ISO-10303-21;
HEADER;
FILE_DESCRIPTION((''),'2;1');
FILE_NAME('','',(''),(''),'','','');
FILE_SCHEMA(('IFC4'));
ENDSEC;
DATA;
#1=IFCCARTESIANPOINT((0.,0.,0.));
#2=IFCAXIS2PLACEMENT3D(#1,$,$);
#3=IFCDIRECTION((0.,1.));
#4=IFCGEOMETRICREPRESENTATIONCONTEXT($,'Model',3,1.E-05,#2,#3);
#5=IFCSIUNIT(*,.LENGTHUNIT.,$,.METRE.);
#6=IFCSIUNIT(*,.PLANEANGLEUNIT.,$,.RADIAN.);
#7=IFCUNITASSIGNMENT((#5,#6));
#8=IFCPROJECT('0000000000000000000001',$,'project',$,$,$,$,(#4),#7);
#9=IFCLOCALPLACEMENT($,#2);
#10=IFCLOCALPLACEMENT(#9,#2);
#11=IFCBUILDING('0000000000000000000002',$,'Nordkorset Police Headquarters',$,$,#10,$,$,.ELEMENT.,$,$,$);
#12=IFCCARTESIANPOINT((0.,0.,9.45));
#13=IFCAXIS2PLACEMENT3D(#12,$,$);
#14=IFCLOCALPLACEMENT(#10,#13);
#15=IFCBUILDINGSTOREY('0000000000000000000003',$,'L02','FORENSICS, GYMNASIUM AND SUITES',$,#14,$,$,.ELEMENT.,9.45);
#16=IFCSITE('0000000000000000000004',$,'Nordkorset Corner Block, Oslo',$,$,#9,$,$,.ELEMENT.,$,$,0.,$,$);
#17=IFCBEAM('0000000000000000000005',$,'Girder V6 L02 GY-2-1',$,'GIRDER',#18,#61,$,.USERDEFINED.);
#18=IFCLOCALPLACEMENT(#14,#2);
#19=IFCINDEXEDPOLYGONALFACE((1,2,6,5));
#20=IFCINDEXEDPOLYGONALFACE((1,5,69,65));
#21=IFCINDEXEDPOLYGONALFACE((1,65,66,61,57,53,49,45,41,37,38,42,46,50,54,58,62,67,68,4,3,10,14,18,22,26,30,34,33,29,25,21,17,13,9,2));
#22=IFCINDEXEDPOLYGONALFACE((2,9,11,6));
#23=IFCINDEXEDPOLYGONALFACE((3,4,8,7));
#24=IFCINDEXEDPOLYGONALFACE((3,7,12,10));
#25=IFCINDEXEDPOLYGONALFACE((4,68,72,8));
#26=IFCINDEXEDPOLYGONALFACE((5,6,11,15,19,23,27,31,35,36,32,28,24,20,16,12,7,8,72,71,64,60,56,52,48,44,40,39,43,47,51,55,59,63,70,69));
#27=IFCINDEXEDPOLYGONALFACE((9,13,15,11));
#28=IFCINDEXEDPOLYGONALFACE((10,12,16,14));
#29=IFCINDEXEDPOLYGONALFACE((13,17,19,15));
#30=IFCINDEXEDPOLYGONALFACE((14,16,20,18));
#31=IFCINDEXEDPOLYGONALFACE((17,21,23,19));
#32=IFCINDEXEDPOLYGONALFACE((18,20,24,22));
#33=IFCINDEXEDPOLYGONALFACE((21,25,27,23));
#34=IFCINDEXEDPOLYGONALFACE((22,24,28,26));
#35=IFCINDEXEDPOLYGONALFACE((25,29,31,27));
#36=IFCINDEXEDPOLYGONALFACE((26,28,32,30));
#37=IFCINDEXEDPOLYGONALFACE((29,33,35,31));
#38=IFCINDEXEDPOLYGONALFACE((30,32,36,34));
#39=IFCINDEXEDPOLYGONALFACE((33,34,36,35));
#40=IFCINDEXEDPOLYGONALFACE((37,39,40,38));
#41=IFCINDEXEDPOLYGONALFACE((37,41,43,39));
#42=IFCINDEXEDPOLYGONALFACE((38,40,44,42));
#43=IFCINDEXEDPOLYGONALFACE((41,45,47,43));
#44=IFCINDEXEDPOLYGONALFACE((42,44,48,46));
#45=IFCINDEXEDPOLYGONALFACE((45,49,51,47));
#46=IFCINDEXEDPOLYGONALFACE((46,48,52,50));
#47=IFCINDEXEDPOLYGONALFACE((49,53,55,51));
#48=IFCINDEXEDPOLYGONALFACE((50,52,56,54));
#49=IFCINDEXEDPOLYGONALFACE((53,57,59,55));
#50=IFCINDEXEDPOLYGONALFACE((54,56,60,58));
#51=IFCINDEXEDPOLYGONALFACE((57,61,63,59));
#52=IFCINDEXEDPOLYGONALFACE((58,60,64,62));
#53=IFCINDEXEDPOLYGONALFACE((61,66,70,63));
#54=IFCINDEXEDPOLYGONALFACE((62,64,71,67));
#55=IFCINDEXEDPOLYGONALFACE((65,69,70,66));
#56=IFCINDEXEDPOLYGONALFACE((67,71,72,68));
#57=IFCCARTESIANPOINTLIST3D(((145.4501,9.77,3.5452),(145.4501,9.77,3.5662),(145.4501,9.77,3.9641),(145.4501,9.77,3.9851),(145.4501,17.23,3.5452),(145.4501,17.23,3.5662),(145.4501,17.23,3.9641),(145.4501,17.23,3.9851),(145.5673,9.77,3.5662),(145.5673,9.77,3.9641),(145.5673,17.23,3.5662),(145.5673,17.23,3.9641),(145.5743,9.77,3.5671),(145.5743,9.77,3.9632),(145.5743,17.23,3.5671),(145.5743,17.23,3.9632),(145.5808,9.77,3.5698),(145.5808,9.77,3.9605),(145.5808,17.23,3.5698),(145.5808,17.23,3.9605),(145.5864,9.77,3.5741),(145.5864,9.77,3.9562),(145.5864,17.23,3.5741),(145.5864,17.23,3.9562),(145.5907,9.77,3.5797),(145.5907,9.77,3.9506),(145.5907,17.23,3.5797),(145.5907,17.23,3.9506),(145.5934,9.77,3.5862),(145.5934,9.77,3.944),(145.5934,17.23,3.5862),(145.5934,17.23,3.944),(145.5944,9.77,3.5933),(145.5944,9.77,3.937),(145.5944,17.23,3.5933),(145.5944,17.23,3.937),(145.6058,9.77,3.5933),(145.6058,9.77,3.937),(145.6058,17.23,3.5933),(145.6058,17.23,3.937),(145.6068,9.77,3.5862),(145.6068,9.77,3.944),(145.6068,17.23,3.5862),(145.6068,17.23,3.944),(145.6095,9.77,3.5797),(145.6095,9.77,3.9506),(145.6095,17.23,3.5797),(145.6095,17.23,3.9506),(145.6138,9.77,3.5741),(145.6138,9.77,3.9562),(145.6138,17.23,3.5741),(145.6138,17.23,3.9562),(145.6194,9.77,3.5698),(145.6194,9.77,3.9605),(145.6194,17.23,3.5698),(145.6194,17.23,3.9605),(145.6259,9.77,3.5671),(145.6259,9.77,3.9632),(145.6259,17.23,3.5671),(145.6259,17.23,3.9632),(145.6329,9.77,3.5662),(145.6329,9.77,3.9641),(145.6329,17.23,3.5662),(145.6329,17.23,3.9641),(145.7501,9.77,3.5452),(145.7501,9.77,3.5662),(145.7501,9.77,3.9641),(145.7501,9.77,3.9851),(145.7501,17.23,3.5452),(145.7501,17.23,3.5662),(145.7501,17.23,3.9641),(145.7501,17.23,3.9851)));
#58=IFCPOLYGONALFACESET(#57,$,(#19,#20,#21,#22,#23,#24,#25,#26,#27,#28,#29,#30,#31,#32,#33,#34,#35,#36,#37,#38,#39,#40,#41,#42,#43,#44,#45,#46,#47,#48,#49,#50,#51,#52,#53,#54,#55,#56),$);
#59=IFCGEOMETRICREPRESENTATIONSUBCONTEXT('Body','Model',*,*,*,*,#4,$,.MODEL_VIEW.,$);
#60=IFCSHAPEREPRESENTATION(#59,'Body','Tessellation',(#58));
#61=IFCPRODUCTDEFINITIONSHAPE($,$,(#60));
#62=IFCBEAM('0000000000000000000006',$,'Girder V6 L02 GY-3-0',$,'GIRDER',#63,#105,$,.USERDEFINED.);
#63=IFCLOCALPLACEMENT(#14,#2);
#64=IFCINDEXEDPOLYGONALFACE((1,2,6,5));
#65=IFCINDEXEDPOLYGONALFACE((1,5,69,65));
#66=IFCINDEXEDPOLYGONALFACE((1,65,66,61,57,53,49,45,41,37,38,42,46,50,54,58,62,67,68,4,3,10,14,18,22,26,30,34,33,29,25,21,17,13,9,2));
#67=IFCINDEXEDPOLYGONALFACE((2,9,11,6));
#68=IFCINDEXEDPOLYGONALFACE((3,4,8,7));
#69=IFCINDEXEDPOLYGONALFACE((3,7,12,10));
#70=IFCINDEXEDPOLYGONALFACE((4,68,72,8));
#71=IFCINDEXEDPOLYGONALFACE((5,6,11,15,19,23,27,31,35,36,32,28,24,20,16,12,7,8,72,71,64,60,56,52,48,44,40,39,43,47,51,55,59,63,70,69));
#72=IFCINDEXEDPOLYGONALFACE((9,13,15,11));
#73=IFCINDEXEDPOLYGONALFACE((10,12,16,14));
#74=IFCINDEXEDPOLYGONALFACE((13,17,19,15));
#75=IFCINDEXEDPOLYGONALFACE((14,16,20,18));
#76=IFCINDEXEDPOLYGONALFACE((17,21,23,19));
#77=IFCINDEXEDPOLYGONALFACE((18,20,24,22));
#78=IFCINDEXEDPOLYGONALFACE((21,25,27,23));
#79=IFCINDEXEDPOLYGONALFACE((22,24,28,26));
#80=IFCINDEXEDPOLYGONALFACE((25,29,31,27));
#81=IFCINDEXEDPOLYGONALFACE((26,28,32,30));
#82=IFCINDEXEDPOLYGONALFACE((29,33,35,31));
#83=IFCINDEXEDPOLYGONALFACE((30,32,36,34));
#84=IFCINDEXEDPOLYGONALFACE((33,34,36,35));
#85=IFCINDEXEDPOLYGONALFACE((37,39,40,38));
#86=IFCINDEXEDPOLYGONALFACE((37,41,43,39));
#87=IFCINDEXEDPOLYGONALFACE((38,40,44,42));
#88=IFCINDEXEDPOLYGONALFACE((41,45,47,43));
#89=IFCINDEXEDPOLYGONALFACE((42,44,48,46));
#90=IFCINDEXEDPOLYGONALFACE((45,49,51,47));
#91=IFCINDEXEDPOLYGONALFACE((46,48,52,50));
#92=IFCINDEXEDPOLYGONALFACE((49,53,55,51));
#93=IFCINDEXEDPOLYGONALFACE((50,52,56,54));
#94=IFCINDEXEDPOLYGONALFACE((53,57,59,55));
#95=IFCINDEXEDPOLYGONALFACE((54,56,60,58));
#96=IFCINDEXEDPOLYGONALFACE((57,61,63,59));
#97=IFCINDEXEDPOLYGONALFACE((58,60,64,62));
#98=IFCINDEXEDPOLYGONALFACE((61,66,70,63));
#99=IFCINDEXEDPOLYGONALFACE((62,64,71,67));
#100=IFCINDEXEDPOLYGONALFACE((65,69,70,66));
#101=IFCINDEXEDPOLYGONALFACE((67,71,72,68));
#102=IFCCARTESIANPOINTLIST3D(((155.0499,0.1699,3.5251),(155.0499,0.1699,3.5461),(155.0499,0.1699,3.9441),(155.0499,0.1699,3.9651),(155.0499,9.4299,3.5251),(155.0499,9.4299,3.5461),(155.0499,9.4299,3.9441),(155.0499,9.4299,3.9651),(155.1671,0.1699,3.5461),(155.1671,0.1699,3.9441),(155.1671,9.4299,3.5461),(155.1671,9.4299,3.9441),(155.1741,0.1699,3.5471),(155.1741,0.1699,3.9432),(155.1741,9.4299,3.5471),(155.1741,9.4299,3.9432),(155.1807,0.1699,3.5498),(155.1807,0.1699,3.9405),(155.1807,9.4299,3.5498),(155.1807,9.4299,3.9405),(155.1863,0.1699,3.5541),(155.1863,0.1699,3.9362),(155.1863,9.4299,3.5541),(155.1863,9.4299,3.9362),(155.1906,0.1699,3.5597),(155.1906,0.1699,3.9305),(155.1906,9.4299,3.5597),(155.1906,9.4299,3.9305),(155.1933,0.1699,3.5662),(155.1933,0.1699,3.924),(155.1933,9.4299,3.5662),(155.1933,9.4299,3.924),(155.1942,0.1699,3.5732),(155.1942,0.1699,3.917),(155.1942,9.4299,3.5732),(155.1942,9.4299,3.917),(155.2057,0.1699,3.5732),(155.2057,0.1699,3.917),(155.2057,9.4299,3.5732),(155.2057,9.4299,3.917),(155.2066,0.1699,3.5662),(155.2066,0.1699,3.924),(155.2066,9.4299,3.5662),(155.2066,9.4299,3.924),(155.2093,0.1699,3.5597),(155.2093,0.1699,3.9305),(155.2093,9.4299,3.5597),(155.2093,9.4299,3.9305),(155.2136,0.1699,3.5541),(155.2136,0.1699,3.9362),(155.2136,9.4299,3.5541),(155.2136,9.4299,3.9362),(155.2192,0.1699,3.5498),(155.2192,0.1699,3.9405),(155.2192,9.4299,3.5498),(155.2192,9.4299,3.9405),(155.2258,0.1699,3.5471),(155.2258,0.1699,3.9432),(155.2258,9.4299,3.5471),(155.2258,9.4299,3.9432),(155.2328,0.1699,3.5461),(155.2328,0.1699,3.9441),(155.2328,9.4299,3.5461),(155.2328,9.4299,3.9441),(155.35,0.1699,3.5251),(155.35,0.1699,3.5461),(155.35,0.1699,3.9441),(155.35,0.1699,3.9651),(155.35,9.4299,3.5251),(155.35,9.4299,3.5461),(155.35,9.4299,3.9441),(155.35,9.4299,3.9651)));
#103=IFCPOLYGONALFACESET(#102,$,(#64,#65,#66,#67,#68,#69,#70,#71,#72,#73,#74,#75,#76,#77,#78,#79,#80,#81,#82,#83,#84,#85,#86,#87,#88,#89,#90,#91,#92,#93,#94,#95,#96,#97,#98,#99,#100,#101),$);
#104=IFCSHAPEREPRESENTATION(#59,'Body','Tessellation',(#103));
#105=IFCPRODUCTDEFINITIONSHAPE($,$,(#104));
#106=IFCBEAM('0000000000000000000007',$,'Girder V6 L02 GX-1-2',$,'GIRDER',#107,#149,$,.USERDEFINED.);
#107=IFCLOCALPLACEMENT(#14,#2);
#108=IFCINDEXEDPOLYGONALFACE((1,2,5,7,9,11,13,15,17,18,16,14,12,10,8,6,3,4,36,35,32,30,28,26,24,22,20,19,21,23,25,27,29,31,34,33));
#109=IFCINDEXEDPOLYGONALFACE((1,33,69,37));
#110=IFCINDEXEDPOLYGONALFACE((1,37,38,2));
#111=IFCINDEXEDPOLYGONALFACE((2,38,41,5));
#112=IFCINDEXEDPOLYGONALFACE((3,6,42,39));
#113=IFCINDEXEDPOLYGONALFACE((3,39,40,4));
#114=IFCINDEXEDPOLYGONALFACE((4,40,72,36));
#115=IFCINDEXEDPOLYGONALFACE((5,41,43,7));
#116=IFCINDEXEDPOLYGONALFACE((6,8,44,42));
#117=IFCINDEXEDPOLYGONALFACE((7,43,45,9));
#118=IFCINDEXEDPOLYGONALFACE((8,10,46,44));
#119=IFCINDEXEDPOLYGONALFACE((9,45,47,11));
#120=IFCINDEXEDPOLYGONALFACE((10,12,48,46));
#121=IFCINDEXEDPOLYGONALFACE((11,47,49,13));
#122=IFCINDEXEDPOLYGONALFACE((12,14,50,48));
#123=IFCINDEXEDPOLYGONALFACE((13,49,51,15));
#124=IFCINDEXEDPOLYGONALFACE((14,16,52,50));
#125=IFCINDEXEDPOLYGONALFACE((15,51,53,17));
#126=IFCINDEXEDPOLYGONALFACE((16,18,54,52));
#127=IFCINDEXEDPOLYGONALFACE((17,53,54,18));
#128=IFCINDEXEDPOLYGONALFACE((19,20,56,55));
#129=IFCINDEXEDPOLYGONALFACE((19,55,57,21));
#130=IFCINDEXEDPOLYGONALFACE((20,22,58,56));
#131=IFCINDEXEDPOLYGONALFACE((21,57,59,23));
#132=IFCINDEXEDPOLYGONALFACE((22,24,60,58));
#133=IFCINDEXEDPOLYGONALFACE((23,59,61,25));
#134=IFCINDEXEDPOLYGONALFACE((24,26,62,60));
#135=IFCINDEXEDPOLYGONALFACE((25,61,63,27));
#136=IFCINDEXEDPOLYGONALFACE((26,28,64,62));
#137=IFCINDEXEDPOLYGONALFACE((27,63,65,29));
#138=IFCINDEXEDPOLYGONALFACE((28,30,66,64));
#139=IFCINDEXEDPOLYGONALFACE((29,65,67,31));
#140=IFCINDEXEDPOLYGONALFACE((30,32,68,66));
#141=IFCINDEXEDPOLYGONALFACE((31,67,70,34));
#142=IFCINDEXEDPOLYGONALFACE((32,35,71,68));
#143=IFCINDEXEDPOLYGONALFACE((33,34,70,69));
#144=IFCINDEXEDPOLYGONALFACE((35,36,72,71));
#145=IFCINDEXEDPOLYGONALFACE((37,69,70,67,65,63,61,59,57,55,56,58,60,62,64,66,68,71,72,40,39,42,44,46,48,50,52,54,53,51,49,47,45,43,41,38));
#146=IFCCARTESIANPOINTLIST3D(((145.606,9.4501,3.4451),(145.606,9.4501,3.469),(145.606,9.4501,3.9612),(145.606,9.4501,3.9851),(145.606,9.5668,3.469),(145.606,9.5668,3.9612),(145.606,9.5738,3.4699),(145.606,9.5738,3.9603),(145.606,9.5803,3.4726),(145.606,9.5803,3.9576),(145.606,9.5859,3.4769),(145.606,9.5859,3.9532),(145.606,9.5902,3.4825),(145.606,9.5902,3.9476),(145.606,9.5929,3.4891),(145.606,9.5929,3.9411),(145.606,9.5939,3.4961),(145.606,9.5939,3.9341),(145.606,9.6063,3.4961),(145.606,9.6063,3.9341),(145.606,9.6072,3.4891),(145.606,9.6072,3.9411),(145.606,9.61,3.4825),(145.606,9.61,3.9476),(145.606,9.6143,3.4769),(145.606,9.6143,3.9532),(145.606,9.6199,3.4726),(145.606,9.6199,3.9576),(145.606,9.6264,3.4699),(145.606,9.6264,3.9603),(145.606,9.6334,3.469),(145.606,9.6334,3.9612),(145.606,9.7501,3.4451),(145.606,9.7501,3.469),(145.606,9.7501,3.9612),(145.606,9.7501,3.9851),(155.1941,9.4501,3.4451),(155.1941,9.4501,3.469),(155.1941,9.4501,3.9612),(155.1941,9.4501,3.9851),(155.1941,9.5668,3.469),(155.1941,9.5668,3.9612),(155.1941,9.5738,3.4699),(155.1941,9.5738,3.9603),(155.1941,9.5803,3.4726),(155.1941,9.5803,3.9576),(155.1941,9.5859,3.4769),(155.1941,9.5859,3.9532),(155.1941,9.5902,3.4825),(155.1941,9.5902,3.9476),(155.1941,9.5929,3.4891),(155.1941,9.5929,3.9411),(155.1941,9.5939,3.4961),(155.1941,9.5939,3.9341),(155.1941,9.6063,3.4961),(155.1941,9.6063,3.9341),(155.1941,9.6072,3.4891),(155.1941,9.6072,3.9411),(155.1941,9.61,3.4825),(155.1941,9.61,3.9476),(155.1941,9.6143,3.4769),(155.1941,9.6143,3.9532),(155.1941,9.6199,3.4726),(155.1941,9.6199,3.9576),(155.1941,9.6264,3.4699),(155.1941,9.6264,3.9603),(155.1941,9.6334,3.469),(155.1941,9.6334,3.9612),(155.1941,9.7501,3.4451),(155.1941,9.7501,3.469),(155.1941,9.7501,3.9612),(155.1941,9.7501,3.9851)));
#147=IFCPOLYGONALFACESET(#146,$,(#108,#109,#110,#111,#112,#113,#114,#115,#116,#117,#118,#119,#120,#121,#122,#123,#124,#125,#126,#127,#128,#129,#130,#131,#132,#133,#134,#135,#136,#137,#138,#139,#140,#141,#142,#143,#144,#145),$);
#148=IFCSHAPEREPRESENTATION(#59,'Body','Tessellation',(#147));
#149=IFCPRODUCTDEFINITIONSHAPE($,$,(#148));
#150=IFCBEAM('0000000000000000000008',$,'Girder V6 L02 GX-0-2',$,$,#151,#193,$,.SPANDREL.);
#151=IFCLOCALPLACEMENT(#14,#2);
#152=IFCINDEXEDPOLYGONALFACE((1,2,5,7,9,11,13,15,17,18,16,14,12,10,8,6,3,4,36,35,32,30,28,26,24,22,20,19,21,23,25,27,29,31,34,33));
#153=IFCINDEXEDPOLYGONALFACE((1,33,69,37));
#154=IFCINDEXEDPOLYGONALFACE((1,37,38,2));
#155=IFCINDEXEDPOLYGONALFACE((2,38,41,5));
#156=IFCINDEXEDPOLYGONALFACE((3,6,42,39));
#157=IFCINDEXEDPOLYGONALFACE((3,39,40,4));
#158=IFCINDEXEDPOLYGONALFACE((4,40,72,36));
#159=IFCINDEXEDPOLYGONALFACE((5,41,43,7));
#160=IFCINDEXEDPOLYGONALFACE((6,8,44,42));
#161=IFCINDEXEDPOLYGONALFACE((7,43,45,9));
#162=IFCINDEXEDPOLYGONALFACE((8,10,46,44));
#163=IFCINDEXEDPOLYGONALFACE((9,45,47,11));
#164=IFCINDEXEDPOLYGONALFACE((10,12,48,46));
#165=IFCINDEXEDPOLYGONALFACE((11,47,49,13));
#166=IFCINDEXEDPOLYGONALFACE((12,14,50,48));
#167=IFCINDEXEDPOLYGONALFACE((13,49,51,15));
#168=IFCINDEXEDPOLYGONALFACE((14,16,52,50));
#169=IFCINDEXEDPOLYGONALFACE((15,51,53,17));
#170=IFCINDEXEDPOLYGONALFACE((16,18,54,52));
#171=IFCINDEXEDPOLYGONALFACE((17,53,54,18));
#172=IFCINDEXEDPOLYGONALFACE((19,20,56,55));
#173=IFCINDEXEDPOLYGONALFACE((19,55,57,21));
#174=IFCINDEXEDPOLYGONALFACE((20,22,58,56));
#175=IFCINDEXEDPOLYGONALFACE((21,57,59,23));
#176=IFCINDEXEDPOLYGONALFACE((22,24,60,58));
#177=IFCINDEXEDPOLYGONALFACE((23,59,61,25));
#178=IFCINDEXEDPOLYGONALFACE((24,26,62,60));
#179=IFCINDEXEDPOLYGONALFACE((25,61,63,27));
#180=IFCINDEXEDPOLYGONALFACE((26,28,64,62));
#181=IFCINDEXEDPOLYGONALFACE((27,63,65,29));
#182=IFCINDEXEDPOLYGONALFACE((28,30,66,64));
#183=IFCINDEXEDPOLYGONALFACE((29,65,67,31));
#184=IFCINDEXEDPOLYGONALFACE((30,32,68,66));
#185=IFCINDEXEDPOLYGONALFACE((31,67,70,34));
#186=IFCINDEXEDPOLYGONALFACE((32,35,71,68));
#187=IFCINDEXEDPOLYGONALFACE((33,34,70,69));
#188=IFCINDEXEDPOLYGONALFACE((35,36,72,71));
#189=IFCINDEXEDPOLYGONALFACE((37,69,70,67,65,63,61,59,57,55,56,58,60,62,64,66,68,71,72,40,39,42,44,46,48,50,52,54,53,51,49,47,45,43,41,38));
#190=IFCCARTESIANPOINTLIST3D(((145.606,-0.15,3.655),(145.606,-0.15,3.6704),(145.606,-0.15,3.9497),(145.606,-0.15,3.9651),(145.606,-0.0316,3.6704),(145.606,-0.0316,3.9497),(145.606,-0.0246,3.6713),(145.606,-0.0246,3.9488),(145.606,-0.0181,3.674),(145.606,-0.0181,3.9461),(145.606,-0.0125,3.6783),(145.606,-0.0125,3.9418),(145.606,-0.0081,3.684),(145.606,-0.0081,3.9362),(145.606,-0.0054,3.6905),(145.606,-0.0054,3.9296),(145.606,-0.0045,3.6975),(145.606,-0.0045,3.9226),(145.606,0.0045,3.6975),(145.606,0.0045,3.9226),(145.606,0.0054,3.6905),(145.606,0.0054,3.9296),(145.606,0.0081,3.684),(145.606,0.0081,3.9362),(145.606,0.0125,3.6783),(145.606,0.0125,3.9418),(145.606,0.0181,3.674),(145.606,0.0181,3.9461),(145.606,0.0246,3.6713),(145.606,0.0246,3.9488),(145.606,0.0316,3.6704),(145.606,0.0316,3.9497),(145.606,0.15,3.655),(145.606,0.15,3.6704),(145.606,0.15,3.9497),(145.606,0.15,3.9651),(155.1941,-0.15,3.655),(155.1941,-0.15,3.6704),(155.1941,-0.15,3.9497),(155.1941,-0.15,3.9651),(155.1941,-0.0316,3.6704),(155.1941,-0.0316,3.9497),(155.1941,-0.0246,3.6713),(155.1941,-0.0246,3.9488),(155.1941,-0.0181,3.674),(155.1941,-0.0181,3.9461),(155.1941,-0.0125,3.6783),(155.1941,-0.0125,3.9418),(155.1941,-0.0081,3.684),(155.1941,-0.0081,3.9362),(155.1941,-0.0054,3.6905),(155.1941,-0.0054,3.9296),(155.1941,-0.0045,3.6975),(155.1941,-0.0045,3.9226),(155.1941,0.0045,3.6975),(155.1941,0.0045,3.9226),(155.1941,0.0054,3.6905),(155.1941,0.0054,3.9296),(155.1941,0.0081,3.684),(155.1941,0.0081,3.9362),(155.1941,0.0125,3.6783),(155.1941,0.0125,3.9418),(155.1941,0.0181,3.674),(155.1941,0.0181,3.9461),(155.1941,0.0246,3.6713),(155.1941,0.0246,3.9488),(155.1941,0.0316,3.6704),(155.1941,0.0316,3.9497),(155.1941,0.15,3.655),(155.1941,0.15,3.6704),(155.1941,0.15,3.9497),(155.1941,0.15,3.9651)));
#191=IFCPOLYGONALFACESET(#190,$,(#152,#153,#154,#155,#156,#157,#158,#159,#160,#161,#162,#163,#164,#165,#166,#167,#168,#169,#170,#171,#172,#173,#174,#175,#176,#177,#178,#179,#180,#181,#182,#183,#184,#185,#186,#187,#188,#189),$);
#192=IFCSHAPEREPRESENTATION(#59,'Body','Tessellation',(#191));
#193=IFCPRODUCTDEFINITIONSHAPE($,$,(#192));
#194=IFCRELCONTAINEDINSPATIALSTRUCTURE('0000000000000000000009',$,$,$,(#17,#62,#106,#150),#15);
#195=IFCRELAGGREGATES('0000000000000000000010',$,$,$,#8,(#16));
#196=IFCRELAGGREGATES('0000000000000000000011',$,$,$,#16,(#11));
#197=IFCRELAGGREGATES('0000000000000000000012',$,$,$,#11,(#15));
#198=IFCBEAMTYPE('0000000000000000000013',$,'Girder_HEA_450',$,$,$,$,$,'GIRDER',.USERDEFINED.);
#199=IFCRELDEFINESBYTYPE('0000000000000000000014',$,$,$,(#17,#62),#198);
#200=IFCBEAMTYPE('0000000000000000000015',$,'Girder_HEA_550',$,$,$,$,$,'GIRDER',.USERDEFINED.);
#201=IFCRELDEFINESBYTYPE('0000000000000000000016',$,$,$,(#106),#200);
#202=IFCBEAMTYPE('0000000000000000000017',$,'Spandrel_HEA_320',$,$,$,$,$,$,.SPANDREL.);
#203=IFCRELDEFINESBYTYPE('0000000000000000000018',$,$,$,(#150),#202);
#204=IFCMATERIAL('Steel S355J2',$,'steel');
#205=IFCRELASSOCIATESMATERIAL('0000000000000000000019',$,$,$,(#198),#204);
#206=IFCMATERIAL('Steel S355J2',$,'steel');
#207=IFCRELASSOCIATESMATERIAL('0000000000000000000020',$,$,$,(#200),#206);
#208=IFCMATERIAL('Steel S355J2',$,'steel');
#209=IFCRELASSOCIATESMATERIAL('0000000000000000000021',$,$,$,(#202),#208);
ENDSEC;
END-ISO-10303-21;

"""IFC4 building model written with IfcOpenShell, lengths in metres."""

from ifc_helpers import new_model, si_unit, direction, frame, origin, origin_2d, place, context, subcontext, project, spatial, i_section, extrude, material, material_profile, profile_set, type_object, element, save


model = new_model("IFC4")

# Units and contexts
model_context = context("Model", 3, precision=1e-05, world=origin(), true_north=direction((0.0, 1.0)))
body_context = subcontext(model_context, "Body", "Model", "MODEL_VIEW")
ifc_project = project(units=[si_unit("LENGTHUNIT", "METRE"), si_unit("PLANEANGLEUNIT", "RADIAN")], contexts=[model_context])

# Site, building, storey
site_placement = place(None, origin())
site = spatial("IfcSite", under=ifc_project, at=site_placement, Name="Nordkorset Corner Block, Oslo", CompositionType="ELEMENT", RefElevation=0.0)
building_placement = place(site_placement, origin())
building = spatial("IfcBuilding", under=site, at=building_placement, Name="Nordkorset Police Headquarters", CompositionType="ELEMENT")
storey_placement = place(building_placement, frame((0.0, 0.0, 9.45)))
storey = spatial("IfcBuildingStorey", under=building, at=storey_placement, Name="L02", Description="FORENSICS, GYMNASIUM AND SUITES", CompositionType="ELEMENT", Elevation=9.45)

# Beams
ifc_material_1 = material(Name="Steel S355J2", Category="steel")
ifc_material_profile_1 = material_profile(ifc_material_1, i_section(OverallWidth=0.3, OverallDepth=0.4399, WebThickness=0.0115, FlangeThickness=0.021, FilletRadius=0.0271, at=origin_2d()), Name="HEA 450")
ifc_profile_set_1 = profile_set([ifc_material_profile_1], Name="Steel S355J2")
beam_type_1 = type_object("IfcBeamType", Name="Girder_HEA_450", ElementType="GIRDER", PredefinedType="USERDEFINED", material=ifc_profile_set_1)
beam_1_placement = place(storey_placement, frame((145.6001, 9.77, 3.7651), z_axis=(0.0, 1.0, 0.0), x_axis=(-1.0, 0.0, 0.0)))
element("IfcBeam", 1, at=beam_1_placement, inside=storey, type_object=beam_type_1, Name="Girder V6 L02 GY-2-1", ObjectType="GIRDER", PredefinedType="USERDEFINED", context=body_context, shape_type="SweptSolid", body=[
    extrude(i_section(OverallWidth=0.3, OverallDepth=0.4399, WebThickness=0.0115, FlangeThickness=0.021, FilletRadius=0.0271, at=origin_2d()), origin(), (0.0, 0.0, 1.0), 7.46),
])
beam_2_placement = place(storey_placement, frame((155.2, 0.1699, 3.7451), z_axis=(0.0, 1.0, 0.0), x_axis=(-1.0, 0.0, 0.0)))
element("IfcBeam", 2, at=beam_2_placement, inside=storey, type_object=beam_type_1, Name="Girder V6 L02 GY-3-0", ObjectType="GIRDER", PredefinedType="USERDEFINED", context=body_context, shape_type="SweptSolid", body=[
    extrude(i_section(OverallWidth=0.3, OverallDepth=0.4399, WebThickness=0.0115, FlangeThickness=0.021, FilletRadius=0.0271, at=origin_2d()), origin(), (0.0, 0.0, 1.0), 9.26),
])
ifc_material_2 = material(Name="Steel S355J2", Category="steel")
ifc_material_profile_2 = material_profile(ifc_material_2, i_section(OverallWidth=0.3, OverallDepth=0.54, WebThickness=0.0125, FlangeThickness=0.0239, FilletRadius=0.0271, at=origin_2d()), Name="HEA 550")
ifc_profile_set_2 = profile_set([ifc_material_profile_2], Name="Steel S355J2")
beam_type_2 = type_object("IfcBeamType", Name="Girder_HEA_550", ElementType="GIRDER", PredefinedType="USERDEFINED", material=ifc_profile_set_2)
beam_3_placement = place(storey_placement, frame((145.606, 9.6001, 3.7151), z_axis=(1.0, 0.0, 0.0), x_axis=(0.0, 1.0, 0.0)))
element("IfcBeam", 3, at=beam_3_placement, inside=storey, type_object=beam_type_2, Name="Girder V6 L02 GX-1-2", ObjectType="GIRDER", PredefinedType="USERDEFINED", context=body_context, shape_type="SweptSolid", body=[
    extrude(i_section(OverallWidth=0.3, OverallDepth=0.54, WebThickness=0.0125, FlangeThickness=0.0239, FilletRadius=0.0271, at=origin_2d()), origin(), (0.0, 0.0, 1.0), 9.5881),
])
ifc_material_3 = material(Name="Steel S355J2", Category="steel")
ifc_material_profile_3 = material_profile(ifc_material_3, i_section(OverallWidth=0.3, OverallDepth=0.3101, WebThickness=0.009, FlangeThickness=0.0154, FilletRadius=0.0271, at=origin_2d()), Name="HEA 320")
ifc_profile_set_3 = profile_set([ifc_material_profile_3], Name="Steel S355J2")
beam_type_3 = type_object("IfcBeamType", Name="Spandrel_HEA_320", PredefinedType="SPANDREL", material=ifc_profile_set_3)
for number, where, z_axis, x_axis, name in (
    (4, (145.606, 0.0, 3.8101), (1.0, 0.0, 0.0), (0.0, 1.0, 0.0), "Girder V6 L02 GX-0-2"),
):
    element("IfcBeam", number, at=place(storey_placement, frame(where, z_axis=z_axis, x_axis=x_axis)), inside=storey, type_object=beam_type_3, Name=name, PredefinedType="SPANDREL", context=body_context, shape_type="SweptSolid", body=[
        extrude(i_section(OverallWidth=0.3, OverallDepth=0.3101, WebThickness=0.009, FlangeThickness=0.0154, FilletRadius=0.0271, at=origin_2d()), origin(), (0.0, 0.0, 1.0), 9.5881),
    ])

save(model, "model.ifc")
